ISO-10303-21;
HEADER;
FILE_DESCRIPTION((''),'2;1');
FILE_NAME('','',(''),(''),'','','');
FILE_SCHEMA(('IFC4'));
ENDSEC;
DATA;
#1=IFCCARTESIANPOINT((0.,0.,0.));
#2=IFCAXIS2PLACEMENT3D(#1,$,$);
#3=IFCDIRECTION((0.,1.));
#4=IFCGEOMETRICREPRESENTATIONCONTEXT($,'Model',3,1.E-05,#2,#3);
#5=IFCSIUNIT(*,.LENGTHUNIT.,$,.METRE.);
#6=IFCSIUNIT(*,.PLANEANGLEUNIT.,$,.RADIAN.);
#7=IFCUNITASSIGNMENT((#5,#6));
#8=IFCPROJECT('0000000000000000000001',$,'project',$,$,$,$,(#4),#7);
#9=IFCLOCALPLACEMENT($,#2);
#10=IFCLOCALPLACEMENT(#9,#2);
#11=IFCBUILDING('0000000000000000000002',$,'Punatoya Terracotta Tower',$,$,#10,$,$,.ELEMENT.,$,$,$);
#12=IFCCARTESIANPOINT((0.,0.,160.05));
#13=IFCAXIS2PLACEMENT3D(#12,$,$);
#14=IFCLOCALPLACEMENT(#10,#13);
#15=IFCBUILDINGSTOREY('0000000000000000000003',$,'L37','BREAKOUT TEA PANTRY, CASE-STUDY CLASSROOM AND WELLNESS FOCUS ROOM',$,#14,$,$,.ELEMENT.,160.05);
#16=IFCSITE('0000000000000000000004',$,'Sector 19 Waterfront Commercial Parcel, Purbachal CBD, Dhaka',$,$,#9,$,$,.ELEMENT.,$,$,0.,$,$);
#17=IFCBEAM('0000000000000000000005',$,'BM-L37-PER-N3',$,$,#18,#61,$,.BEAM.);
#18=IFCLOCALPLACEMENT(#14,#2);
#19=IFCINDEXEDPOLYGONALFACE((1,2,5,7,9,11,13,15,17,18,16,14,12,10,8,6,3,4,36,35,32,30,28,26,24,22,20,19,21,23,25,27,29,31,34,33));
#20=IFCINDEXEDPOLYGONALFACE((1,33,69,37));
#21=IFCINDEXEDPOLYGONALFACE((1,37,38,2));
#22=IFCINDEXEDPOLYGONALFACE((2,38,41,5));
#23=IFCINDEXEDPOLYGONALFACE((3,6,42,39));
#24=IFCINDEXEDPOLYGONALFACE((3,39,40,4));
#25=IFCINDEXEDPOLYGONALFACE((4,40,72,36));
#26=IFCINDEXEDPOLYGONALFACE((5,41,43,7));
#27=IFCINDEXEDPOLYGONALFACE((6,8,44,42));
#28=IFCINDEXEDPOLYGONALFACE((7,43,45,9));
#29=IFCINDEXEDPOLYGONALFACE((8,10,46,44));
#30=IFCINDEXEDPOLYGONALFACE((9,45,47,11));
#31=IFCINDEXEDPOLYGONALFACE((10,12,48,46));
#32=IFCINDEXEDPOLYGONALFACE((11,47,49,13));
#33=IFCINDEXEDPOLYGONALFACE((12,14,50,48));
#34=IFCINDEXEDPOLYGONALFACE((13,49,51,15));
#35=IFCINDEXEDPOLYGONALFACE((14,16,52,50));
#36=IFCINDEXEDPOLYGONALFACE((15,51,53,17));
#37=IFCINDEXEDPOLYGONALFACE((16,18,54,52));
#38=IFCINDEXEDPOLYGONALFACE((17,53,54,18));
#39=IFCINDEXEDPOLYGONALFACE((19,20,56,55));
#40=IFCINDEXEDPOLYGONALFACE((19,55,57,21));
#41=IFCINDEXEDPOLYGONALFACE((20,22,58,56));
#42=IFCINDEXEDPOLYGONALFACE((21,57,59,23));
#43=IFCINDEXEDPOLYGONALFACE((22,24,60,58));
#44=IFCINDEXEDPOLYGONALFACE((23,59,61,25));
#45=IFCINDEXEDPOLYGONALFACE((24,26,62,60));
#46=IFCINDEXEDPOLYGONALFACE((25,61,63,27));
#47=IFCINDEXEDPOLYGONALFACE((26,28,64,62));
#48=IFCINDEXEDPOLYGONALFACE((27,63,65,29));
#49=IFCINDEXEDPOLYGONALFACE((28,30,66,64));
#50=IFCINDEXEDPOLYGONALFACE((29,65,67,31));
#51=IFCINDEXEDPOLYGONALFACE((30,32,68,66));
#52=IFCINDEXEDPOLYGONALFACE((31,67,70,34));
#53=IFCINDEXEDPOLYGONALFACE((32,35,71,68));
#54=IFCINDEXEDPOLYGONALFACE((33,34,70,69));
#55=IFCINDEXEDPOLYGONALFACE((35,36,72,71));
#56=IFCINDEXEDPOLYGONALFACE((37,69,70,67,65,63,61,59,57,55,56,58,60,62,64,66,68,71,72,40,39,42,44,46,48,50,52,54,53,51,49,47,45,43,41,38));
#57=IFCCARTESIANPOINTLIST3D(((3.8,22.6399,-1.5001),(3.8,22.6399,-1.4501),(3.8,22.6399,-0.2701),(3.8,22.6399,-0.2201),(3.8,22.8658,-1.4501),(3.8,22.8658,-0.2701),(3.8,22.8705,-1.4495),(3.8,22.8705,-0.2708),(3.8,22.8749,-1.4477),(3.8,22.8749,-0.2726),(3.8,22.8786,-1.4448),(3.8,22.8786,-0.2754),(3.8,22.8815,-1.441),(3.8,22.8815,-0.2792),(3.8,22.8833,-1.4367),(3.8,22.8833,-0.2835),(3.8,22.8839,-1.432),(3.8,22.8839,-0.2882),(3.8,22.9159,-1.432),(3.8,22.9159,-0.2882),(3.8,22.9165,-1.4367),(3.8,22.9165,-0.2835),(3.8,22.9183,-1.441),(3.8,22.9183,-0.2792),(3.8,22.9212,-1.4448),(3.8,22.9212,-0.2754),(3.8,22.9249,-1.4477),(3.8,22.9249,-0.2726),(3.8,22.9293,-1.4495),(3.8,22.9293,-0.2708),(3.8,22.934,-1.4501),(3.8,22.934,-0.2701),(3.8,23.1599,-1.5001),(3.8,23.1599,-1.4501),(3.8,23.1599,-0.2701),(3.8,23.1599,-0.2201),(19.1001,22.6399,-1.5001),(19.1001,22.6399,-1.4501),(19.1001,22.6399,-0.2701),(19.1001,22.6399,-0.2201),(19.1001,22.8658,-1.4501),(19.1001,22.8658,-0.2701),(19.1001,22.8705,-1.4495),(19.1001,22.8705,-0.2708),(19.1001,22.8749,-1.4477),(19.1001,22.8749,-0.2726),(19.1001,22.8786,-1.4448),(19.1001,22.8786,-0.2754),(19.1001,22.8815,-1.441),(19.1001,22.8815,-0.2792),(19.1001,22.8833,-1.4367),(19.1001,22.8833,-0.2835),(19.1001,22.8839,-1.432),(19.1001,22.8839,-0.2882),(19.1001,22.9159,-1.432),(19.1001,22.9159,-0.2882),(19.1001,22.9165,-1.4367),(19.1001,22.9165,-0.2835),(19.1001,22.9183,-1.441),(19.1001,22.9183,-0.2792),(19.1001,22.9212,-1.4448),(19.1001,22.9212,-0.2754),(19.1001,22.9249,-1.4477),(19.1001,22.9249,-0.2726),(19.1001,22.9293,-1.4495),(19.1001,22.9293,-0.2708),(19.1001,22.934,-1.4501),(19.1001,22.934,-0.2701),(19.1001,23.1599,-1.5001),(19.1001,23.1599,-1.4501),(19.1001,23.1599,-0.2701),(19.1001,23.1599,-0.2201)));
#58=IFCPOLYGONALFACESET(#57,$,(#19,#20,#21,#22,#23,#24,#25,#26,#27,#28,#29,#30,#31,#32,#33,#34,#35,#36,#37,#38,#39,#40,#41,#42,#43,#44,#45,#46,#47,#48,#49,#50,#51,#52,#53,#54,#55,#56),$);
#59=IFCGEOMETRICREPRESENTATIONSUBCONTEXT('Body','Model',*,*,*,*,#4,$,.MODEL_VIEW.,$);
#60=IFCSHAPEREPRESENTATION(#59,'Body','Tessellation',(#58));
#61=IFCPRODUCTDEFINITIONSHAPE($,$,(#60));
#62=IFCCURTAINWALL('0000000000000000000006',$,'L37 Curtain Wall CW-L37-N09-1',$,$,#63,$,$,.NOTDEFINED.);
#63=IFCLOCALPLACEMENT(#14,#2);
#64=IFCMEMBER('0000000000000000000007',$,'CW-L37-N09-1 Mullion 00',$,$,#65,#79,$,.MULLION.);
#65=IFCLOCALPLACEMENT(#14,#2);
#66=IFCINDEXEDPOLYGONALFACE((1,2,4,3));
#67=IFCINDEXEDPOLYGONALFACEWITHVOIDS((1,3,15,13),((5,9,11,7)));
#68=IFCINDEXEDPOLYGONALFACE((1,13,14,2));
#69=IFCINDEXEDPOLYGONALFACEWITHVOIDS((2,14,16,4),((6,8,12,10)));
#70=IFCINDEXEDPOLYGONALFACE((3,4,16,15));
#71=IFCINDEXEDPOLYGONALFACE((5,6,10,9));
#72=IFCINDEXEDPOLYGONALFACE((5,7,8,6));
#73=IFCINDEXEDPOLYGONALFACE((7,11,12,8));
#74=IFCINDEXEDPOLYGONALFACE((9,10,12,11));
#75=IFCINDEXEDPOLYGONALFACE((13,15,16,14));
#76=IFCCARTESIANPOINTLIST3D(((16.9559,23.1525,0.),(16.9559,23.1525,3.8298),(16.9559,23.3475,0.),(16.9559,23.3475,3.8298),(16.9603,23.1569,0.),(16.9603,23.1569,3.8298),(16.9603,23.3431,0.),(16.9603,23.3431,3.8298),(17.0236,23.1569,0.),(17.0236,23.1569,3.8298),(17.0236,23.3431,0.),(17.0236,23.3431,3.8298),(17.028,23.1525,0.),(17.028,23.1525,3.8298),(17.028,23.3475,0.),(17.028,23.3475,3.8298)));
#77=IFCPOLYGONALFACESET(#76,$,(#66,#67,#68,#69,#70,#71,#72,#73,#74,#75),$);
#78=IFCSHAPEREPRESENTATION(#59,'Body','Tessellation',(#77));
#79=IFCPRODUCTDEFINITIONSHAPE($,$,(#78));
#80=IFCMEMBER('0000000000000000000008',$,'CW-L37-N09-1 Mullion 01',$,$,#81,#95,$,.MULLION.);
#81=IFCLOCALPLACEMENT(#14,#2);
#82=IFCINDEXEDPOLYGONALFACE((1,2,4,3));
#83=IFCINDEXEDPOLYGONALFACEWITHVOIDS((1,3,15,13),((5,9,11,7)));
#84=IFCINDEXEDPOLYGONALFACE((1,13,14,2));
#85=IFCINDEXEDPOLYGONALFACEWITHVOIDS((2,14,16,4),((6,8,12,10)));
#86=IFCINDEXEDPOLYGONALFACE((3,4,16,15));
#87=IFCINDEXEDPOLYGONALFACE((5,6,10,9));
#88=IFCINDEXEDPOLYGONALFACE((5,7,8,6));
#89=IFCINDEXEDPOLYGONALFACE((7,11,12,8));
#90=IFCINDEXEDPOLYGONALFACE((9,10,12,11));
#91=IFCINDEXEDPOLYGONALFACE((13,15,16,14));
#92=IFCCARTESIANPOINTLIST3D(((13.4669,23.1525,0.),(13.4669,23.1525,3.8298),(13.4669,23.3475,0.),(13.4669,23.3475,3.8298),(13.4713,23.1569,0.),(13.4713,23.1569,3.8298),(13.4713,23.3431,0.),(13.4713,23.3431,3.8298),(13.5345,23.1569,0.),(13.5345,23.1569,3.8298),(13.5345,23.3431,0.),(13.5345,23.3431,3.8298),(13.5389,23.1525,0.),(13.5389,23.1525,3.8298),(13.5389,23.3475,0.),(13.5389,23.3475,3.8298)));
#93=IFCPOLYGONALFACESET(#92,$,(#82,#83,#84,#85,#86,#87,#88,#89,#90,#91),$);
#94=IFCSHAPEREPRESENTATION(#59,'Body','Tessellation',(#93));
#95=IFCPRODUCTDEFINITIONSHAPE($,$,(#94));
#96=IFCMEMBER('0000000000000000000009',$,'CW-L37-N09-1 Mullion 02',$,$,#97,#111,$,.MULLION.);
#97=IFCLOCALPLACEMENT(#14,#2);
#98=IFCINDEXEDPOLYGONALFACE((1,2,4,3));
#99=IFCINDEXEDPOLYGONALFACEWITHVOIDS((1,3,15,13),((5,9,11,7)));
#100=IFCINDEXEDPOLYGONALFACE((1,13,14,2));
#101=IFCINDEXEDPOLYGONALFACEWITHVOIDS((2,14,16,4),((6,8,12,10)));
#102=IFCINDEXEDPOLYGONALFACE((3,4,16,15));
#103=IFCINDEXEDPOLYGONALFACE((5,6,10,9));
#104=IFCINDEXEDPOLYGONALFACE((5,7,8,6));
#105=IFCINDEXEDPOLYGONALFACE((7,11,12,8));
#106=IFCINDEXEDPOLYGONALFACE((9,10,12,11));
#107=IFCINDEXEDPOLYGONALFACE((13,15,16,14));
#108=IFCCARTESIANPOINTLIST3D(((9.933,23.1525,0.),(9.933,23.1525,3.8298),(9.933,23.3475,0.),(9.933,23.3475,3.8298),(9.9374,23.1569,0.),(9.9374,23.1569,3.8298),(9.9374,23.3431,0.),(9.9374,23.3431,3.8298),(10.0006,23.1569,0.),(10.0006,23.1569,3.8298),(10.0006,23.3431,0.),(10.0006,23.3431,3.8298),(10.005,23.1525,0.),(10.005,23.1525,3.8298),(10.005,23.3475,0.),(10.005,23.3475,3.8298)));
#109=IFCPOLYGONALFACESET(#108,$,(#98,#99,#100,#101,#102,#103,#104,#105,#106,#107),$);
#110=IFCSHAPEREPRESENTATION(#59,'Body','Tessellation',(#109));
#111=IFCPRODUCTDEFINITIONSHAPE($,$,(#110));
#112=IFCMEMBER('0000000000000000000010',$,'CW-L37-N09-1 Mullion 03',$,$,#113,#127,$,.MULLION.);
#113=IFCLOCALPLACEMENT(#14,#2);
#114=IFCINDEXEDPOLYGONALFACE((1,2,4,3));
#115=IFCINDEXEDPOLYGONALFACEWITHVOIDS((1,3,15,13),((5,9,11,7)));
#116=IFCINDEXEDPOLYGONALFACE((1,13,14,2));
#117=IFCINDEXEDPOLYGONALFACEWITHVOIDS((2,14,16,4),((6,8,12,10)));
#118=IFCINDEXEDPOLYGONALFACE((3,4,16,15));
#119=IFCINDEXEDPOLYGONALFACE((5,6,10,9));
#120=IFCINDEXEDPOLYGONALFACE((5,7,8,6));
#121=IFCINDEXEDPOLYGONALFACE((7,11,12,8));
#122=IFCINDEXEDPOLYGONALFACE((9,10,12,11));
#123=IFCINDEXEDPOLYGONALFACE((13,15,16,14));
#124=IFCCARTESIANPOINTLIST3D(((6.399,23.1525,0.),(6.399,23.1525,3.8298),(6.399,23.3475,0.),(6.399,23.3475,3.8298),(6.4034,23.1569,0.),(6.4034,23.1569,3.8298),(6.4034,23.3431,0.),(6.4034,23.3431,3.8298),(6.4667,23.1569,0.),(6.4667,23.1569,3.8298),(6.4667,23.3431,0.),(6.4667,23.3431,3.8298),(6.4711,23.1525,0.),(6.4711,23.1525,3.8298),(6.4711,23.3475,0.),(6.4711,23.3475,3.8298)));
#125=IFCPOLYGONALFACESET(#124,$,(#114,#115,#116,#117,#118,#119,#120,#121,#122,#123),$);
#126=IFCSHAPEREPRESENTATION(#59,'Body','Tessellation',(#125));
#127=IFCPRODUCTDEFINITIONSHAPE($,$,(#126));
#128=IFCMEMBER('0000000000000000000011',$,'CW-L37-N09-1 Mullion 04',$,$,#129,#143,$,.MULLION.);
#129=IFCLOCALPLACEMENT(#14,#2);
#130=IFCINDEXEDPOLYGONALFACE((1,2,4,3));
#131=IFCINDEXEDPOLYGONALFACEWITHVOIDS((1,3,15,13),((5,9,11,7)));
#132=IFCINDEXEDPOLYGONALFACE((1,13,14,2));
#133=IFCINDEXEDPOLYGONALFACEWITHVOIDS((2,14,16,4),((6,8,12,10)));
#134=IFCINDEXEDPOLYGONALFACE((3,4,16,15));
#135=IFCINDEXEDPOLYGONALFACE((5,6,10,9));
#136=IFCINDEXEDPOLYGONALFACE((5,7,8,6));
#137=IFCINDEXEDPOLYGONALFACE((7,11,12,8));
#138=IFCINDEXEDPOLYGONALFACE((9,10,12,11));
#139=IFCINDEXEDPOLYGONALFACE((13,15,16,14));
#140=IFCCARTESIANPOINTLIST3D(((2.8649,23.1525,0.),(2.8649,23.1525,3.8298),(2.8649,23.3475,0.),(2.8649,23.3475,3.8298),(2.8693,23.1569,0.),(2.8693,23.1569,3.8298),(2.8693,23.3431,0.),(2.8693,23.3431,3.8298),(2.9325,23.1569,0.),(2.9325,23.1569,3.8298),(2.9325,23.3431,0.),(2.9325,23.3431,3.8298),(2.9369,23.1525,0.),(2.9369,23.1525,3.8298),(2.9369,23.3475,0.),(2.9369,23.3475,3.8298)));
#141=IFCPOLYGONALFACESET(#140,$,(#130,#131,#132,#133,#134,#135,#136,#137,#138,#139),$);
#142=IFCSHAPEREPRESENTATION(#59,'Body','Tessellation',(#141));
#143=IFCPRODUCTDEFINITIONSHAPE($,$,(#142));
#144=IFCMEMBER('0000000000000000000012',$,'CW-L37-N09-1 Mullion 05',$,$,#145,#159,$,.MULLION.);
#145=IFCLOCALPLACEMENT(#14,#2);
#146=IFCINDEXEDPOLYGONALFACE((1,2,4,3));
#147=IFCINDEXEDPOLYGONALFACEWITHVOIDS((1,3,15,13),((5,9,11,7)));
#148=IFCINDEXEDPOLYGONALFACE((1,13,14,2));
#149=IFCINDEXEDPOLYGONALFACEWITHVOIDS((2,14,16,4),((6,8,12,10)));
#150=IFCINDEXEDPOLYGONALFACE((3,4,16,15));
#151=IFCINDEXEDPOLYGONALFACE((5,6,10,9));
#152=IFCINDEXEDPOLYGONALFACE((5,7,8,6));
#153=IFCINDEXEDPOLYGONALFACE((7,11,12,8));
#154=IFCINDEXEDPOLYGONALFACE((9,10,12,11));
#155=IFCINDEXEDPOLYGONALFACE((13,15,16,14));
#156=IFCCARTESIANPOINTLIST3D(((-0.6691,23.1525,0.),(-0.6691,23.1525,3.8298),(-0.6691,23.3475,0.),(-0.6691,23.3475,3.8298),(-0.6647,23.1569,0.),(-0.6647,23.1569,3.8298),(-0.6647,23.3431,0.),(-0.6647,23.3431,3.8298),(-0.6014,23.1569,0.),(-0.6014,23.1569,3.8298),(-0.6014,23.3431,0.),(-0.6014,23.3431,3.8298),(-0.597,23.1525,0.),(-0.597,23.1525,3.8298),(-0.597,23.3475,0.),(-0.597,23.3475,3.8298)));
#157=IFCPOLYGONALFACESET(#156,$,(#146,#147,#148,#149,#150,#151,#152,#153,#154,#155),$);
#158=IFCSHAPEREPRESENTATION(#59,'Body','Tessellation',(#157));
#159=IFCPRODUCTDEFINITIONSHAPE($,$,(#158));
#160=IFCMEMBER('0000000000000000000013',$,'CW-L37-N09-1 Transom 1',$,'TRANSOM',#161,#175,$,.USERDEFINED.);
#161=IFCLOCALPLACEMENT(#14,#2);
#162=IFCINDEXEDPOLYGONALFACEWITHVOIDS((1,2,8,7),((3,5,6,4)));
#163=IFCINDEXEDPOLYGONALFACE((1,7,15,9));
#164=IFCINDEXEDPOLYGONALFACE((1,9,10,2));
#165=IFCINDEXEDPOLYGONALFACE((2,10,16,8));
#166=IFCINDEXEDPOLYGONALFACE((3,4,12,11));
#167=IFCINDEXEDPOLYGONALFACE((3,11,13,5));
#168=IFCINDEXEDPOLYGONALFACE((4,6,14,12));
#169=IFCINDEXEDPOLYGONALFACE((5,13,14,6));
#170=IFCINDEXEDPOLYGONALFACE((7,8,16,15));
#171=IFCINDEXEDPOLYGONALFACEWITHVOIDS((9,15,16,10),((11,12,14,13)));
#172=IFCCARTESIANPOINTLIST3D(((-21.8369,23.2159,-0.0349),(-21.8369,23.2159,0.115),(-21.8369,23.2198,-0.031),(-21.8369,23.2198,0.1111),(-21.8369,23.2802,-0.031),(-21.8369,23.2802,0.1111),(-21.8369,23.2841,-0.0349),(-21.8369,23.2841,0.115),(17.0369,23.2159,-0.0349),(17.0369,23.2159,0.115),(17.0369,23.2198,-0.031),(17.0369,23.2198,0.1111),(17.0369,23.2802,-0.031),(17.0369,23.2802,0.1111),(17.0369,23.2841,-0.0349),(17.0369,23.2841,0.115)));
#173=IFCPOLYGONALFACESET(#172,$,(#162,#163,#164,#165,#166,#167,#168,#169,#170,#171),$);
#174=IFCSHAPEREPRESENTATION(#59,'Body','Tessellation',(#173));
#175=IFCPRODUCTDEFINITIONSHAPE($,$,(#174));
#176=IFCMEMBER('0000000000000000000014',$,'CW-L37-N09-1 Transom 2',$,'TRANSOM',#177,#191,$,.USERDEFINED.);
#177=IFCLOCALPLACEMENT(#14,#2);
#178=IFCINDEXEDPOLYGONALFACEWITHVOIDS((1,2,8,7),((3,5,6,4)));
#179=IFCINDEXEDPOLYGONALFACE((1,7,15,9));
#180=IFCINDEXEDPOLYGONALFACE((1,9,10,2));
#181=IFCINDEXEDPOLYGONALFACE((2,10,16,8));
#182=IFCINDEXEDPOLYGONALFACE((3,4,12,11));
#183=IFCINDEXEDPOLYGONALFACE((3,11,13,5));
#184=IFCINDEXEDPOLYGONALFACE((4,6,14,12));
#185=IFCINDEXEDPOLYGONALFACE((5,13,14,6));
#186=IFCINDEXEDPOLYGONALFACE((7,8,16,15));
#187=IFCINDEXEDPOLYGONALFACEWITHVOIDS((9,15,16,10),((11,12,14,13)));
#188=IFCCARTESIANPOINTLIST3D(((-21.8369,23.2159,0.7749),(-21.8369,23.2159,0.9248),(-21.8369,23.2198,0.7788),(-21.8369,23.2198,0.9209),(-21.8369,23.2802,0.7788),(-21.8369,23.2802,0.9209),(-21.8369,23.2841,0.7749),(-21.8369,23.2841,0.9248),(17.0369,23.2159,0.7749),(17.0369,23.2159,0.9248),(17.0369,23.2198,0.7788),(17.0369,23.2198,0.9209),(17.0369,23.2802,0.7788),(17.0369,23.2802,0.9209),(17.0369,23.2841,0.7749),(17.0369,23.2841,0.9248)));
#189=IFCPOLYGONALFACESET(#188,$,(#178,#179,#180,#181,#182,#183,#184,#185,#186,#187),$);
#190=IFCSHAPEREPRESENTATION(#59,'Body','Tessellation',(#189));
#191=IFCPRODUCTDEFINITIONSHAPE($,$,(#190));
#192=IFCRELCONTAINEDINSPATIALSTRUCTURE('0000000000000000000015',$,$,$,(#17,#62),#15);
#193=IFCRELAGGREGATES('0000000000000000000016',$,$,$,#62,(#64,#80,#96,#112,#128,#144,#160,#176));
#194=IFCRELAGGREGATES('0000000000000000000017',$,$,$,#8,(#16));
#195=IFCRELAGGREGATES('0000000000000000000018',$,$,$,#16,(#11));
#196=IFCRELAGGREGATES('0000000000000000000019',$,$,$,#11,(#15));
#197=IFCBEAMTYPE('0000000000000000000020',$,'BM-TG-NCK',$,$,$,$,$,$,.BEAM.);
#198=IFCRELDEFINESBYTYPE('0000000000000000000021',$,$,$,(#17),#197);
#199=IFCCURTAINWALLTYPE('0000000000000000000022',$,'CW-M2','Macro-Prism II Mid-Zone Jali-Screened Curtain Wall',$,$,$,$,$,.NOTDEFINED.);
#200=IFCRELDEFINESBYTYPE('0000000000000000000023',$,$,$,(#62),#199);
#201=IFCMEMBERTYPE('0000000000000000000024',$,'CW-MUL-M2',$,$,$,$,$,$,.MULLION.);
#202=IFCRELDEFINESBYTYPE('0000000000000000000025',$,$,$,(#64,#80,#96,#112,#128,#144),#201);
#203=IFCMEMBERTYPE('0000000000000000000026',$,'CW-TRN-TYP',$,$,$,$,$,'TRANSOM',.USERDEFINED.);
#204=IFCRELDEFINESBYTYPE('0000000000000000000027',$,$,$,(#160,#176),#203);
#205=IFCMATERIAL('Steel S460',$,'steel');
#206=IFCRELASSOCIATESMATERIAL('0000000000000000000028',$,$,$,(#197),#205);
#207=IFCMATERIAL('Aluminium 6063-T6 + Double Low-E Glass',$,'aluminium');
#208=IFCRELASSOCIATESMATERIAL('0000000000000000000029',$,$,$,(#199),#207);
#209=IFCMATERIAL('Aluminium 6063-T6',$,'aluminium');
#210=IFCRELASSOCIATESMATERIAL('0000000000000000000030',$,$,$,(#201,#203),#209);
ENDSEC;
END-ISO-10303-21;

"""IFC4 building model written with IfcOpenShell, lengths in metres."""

from ifc_helpers import new_model, si_unit, direction, frame, origin, origin_2d, place, context, subcontext, project, spatial, hollow_rectangle, i_section, extrude, material, material_profile, profile_set, type_object, element, aggregate, save


model = new_model("IFC4")

# Units and contexts
model_context = context("Model", 3, precision=1e-05, world=origin(), true_north=direction((0.0, 1.0)))
body_context = subcontext(model_context, "Body", "Model", "MODEL_VIEW")
ifc_project = project(units=[si_unit("LENGTHUNIT", "METRE"), si_unit("PLANEANGLEUNIT", "RADIAN")], contexts=[model_context])

# Site, building, storey
site_placement = place(None, origin())
site = spatial("IfcSite", under=ifc_project, at=site_placement, Name="Sector 19 Waterfront Commercial Parcel, Purbachal CBD, Dhaka", CompositionType="ELEMENT", RefElevation=0.0)
building_placement = place(site_placement, origin())
building = spatial("IfcBuilding", under=site, at=building_placement, Name="Punatoya Terracotta Tower", CompositionType="ELEMENT")
storey_placement = place(building_placement, frame((0.0, 0.0, 160.05)))
storey = spatial("IfcBuildingStorey", under=building, at=storey_placement, Name="L37", Description="BREAKOUT TEA PANTRY, CASE-STUDY CLASSROOM AND WELLNESS FOCUS ROOM", CompositionType="ELEMENT", Elevation=160.05)

# Shared definitions
ifc_material_1 = material(Name="Steel S460", Category="steel")

# Beam
ifc_material_profile_1 = material_profile(ifc_material_1, i_section(OverallWidth=0.52, OverallDepth=1.28, WebThickness=0.032, FlangeThickness=0.05, FilletRadius=0.0181, at=origin_2d()))
ifc_profile_set_1 = profile_set([ifc_material_profile_1], Name="Steel S460")
beam_type_1 = type_object("IfcBeamType", Name="BM-TG-NCK", PredefinedType="BEAM", material=ifc_profile_set_1)
beam_1_placement = place(storey_placement, frame((3.8, 22.8999, -0.8601), z_axis=(1.0, 0.0, 0.0), x_axis=(0.0, 1.0, 0.0)))
element("IfcBeam", 1, at=beam_1_placement, inside=storey, type_object=beam_type_1, Name="BM-L37-PER-N3", PredefinedType="BEAM", context=body_context, shape_type="SweptSolid", body=[
    extrude(i_section(OverallWidth=0.52, OverallDepth=1.28, WebThickness=0.032, FlangeThickness=0.05, FilletRadius=0.0181, at=origin_2d()), origin(), (0.0, 0.0, 1.0), 15.3),
])

# Curtain wall, members
ifc_material_2 = material(Name="Aluminium 6063-T6 + Double Low-E Glass", Category="aluminium")
curtain_wall_type = type_object("IfcCurtainWallType", Name="CW-M2", Description="Macro-Prism II Mid-Zone Jali-Screened Curtain Wall", PredefinedType="NOTDEFINED", material=ifc_material_2)
curtain_wall_placement = place(storey_placement, origin())
curtain_wall = element("IfcCurtainWall", 2, at=curtain_wall_placement, inside=storey, type_object=curtain_wall_type, Name="L37 Curtain Wall CW-L37-N09-1", PredefinedType="NOTDEFINED")
ifc_material_3 = material(Name="Aluminium 6063-T6", Category="aluminium")
ifc_material_profile_2 = material_profile(ifc_material_3, hollow_rectangle(XDim=0.072, YDim=0.1951, WallThickness=0.0044, at=origin_2d()))
ifc_profile_set_2 = profile_set([ifc_material_profile_2], Name="Aluminium 6063-T6")
member_type_1 = type_object("IfcMemberType", Name="CW-MUL-M2", PredefinedType="MULLION", material=ifc_profile_set_2)
member_1_placement = place(storey_placement, frame((16.9919, 23.25, 0.0), z_axis=(0.0, 0.0, 1.0), x_axis=(1.0, 0.0, 0.0)))
member_1 = element("IfcMember", 3, at=member_1_placement, type_object=member_type_1, Name="CW-L37-N09-1 Mullion 00", PredefinedType="MULLION", context=body_context, shape_type="SweptSolid", body=[
    extrude(hollow_rectangle(XDim=0.072, YDim=0.1951, WallThickness=0.0044, at=origin_2d()), origin(), (0.0, 0.0, 1.0), 3.8298),
])
member_2_placement = place(storey_placement, frame((13.5029, 23.25, 0.0), z_axis=(0.0, 0.0, 1.0), x_axis=(1.0, 0.0, 0.0)))
member_2 = element("IfcMember", 4, at=member_2_placement, type_object=member_type_1, Name="CW-L37-N09-1 Mullion 01", PredefinedType="MULLION", context=body_context, shape_type="SweptSolid", body=[
    extrude(hollow_rectangle(XDim=0.072, YDim=0.1951, WallThickness=0.0044, at=origin_2d()), origin(), (0.0, 0.0, 1.0), 3.8298),
])
member_3_placement = place(storey_placement, frame((9.969, 23.25, 0.0), z_axis=(0.0, 0.0, 1.0), x_axis=(1.0, 0.0, 0.0)))
member_3 = element("IfcMember", 5, at=member_3_placement, type_object=member_type_1, Name="CW-L37-N09-1 Mullion 02", PredefinedType="MULLION", context=body_context, shape_type="SweptSolid", body=[
    extrude(hollow_rectangle(XDim=0.072, YDim=0.1951, WallThickness=0.0044, at=origin_2d()), origin(), (0.0, 0.0, 1.0), 3.8298),
])
member_4_placement = place(storey_placement, frame((6.4351, 23.25, 0.0), z_axis=(0.0, 0.0, 1.0), x_axis=(1.0, 0.0, 0.0)))
member_4 = element("IfcMember", 6, at=member_4_placement, type_object=member_type_1, Name="CW-L37-N09-1 Mullion 03", PredefinedType="MULLION", context=body_context, shape_type="SweptSolid", body=[
    extrude(hollow_rectangle(XDim=0.072, YDim=0.1951, WallThickness=0.0044, at=origin_2d()), origin(), (0.0, 0.0, 1.0), 3.8298),
])
member_5_placement = place(storey_placement, frame((2.9009, 23.25, 0.0), z_axis=(0.0, 0.0, 1.0), x_axis=(1.0, 0.0, 0.0)))
member_5 = element("IfcMember", 7, at=member_5_placement, type_object=member_type_1, Name="CW-L37-N09-1 Mullion 04", PredefinedType="MULLION", context=body_context, shape_type="SweptSolid", body=[
    extrude(hollow_rectangle(XDim=0.072, YDim=0.1951, WallThickness=0.0044, at=origin_2d()), origin(), (0.0, 0.0, 1.0), 3.8298),
])
member_6_placement = place(storey_placement, frame((-0.6331, 23.25, 0.0), z_axis=(0.0, 0.0, 1.0), x_axis=(1.0, 0.0, 0.0)))
member_6 = element("IfcMember", 8, at=member_6_placement, type_object=member_type_1, Name="CW-L37-N09-1 Mullion 05", PredefinedType="MULLION", context=body_context, shape_type="SweptSolid", body=[
    extrude(hollow_rectangle(XDim=0.072, YDim=0.1951, WallThickness=0.0044, at=origin_2d()), origin(), (0.0, 0.0, 1.0), 3.8298),
])
ifc_material_profile_3 = material_profile(ifc_material_3, hollow_rectangle(XDim=0.0681, YDim=0.1499, WallThickness=0.0039, at=origin_2d()))
ifc_profile_set_3 = profile_set([ifc_material_profile_3], Name="Aluminium 6063-T6")
member_type_2 = type_object("IfcMemberType", Name="CW-TRN-TYP", ElementType="TRANSOM", PredefinedType="USERDEFINED", material=ifc_profile_set_3)
member_7_placement = place(storey_placement, frame((17.0369, 23.25, 0.04), z_axis=(-1.0, 0.0, 0.0), x_axis=(0.0, -1.0, 0.0)))
member_7 = element("IfcMember", 9, at=member_7_placement, type_object=member_type_2, Name="CW-L37-N09-1 Transom 1", ObjectType="TRANSOM", PredefinedType="USERDEFINED", context=body_context, shape_type="SweptSolid", body=[
    extrude(hollow_rectangle(XDim=0.0681, YDim=0.1499, WallThickness=0.0039, at=origin_2d()), origin(), (0.0, 0.0, 1.0), 38.8738),
])
member_8_placement = place(storey_placement, frame((17.0369, 23.25, 0.8499), z_axis=(-1.0, 0.0, 0.0), x_axis=(0.0, -1.0, 0.0)))
member_8 = element("IfcMember", 10, at=member_8_placement, type_object=member_type_2, Name="CW-L37-N09-1 Transom 2", ObjectType="TRANSOM", PredefinedType="USERDEFINED", context=body_context, shape_type="SweptSolid", body=[
    extrude(hollow_rectangle(XDim=0.0681, YDim=0.1499, WallThickness=0.0039, at=origin_2d()), origin(), (0.0, 0.0, 1.0), 38.8738),
])
aggregate(curtain_wall, [member_1, member_2, member_3, member_4, member_5, member_6, member_7, member_8])

save(model, "model.ifc")
